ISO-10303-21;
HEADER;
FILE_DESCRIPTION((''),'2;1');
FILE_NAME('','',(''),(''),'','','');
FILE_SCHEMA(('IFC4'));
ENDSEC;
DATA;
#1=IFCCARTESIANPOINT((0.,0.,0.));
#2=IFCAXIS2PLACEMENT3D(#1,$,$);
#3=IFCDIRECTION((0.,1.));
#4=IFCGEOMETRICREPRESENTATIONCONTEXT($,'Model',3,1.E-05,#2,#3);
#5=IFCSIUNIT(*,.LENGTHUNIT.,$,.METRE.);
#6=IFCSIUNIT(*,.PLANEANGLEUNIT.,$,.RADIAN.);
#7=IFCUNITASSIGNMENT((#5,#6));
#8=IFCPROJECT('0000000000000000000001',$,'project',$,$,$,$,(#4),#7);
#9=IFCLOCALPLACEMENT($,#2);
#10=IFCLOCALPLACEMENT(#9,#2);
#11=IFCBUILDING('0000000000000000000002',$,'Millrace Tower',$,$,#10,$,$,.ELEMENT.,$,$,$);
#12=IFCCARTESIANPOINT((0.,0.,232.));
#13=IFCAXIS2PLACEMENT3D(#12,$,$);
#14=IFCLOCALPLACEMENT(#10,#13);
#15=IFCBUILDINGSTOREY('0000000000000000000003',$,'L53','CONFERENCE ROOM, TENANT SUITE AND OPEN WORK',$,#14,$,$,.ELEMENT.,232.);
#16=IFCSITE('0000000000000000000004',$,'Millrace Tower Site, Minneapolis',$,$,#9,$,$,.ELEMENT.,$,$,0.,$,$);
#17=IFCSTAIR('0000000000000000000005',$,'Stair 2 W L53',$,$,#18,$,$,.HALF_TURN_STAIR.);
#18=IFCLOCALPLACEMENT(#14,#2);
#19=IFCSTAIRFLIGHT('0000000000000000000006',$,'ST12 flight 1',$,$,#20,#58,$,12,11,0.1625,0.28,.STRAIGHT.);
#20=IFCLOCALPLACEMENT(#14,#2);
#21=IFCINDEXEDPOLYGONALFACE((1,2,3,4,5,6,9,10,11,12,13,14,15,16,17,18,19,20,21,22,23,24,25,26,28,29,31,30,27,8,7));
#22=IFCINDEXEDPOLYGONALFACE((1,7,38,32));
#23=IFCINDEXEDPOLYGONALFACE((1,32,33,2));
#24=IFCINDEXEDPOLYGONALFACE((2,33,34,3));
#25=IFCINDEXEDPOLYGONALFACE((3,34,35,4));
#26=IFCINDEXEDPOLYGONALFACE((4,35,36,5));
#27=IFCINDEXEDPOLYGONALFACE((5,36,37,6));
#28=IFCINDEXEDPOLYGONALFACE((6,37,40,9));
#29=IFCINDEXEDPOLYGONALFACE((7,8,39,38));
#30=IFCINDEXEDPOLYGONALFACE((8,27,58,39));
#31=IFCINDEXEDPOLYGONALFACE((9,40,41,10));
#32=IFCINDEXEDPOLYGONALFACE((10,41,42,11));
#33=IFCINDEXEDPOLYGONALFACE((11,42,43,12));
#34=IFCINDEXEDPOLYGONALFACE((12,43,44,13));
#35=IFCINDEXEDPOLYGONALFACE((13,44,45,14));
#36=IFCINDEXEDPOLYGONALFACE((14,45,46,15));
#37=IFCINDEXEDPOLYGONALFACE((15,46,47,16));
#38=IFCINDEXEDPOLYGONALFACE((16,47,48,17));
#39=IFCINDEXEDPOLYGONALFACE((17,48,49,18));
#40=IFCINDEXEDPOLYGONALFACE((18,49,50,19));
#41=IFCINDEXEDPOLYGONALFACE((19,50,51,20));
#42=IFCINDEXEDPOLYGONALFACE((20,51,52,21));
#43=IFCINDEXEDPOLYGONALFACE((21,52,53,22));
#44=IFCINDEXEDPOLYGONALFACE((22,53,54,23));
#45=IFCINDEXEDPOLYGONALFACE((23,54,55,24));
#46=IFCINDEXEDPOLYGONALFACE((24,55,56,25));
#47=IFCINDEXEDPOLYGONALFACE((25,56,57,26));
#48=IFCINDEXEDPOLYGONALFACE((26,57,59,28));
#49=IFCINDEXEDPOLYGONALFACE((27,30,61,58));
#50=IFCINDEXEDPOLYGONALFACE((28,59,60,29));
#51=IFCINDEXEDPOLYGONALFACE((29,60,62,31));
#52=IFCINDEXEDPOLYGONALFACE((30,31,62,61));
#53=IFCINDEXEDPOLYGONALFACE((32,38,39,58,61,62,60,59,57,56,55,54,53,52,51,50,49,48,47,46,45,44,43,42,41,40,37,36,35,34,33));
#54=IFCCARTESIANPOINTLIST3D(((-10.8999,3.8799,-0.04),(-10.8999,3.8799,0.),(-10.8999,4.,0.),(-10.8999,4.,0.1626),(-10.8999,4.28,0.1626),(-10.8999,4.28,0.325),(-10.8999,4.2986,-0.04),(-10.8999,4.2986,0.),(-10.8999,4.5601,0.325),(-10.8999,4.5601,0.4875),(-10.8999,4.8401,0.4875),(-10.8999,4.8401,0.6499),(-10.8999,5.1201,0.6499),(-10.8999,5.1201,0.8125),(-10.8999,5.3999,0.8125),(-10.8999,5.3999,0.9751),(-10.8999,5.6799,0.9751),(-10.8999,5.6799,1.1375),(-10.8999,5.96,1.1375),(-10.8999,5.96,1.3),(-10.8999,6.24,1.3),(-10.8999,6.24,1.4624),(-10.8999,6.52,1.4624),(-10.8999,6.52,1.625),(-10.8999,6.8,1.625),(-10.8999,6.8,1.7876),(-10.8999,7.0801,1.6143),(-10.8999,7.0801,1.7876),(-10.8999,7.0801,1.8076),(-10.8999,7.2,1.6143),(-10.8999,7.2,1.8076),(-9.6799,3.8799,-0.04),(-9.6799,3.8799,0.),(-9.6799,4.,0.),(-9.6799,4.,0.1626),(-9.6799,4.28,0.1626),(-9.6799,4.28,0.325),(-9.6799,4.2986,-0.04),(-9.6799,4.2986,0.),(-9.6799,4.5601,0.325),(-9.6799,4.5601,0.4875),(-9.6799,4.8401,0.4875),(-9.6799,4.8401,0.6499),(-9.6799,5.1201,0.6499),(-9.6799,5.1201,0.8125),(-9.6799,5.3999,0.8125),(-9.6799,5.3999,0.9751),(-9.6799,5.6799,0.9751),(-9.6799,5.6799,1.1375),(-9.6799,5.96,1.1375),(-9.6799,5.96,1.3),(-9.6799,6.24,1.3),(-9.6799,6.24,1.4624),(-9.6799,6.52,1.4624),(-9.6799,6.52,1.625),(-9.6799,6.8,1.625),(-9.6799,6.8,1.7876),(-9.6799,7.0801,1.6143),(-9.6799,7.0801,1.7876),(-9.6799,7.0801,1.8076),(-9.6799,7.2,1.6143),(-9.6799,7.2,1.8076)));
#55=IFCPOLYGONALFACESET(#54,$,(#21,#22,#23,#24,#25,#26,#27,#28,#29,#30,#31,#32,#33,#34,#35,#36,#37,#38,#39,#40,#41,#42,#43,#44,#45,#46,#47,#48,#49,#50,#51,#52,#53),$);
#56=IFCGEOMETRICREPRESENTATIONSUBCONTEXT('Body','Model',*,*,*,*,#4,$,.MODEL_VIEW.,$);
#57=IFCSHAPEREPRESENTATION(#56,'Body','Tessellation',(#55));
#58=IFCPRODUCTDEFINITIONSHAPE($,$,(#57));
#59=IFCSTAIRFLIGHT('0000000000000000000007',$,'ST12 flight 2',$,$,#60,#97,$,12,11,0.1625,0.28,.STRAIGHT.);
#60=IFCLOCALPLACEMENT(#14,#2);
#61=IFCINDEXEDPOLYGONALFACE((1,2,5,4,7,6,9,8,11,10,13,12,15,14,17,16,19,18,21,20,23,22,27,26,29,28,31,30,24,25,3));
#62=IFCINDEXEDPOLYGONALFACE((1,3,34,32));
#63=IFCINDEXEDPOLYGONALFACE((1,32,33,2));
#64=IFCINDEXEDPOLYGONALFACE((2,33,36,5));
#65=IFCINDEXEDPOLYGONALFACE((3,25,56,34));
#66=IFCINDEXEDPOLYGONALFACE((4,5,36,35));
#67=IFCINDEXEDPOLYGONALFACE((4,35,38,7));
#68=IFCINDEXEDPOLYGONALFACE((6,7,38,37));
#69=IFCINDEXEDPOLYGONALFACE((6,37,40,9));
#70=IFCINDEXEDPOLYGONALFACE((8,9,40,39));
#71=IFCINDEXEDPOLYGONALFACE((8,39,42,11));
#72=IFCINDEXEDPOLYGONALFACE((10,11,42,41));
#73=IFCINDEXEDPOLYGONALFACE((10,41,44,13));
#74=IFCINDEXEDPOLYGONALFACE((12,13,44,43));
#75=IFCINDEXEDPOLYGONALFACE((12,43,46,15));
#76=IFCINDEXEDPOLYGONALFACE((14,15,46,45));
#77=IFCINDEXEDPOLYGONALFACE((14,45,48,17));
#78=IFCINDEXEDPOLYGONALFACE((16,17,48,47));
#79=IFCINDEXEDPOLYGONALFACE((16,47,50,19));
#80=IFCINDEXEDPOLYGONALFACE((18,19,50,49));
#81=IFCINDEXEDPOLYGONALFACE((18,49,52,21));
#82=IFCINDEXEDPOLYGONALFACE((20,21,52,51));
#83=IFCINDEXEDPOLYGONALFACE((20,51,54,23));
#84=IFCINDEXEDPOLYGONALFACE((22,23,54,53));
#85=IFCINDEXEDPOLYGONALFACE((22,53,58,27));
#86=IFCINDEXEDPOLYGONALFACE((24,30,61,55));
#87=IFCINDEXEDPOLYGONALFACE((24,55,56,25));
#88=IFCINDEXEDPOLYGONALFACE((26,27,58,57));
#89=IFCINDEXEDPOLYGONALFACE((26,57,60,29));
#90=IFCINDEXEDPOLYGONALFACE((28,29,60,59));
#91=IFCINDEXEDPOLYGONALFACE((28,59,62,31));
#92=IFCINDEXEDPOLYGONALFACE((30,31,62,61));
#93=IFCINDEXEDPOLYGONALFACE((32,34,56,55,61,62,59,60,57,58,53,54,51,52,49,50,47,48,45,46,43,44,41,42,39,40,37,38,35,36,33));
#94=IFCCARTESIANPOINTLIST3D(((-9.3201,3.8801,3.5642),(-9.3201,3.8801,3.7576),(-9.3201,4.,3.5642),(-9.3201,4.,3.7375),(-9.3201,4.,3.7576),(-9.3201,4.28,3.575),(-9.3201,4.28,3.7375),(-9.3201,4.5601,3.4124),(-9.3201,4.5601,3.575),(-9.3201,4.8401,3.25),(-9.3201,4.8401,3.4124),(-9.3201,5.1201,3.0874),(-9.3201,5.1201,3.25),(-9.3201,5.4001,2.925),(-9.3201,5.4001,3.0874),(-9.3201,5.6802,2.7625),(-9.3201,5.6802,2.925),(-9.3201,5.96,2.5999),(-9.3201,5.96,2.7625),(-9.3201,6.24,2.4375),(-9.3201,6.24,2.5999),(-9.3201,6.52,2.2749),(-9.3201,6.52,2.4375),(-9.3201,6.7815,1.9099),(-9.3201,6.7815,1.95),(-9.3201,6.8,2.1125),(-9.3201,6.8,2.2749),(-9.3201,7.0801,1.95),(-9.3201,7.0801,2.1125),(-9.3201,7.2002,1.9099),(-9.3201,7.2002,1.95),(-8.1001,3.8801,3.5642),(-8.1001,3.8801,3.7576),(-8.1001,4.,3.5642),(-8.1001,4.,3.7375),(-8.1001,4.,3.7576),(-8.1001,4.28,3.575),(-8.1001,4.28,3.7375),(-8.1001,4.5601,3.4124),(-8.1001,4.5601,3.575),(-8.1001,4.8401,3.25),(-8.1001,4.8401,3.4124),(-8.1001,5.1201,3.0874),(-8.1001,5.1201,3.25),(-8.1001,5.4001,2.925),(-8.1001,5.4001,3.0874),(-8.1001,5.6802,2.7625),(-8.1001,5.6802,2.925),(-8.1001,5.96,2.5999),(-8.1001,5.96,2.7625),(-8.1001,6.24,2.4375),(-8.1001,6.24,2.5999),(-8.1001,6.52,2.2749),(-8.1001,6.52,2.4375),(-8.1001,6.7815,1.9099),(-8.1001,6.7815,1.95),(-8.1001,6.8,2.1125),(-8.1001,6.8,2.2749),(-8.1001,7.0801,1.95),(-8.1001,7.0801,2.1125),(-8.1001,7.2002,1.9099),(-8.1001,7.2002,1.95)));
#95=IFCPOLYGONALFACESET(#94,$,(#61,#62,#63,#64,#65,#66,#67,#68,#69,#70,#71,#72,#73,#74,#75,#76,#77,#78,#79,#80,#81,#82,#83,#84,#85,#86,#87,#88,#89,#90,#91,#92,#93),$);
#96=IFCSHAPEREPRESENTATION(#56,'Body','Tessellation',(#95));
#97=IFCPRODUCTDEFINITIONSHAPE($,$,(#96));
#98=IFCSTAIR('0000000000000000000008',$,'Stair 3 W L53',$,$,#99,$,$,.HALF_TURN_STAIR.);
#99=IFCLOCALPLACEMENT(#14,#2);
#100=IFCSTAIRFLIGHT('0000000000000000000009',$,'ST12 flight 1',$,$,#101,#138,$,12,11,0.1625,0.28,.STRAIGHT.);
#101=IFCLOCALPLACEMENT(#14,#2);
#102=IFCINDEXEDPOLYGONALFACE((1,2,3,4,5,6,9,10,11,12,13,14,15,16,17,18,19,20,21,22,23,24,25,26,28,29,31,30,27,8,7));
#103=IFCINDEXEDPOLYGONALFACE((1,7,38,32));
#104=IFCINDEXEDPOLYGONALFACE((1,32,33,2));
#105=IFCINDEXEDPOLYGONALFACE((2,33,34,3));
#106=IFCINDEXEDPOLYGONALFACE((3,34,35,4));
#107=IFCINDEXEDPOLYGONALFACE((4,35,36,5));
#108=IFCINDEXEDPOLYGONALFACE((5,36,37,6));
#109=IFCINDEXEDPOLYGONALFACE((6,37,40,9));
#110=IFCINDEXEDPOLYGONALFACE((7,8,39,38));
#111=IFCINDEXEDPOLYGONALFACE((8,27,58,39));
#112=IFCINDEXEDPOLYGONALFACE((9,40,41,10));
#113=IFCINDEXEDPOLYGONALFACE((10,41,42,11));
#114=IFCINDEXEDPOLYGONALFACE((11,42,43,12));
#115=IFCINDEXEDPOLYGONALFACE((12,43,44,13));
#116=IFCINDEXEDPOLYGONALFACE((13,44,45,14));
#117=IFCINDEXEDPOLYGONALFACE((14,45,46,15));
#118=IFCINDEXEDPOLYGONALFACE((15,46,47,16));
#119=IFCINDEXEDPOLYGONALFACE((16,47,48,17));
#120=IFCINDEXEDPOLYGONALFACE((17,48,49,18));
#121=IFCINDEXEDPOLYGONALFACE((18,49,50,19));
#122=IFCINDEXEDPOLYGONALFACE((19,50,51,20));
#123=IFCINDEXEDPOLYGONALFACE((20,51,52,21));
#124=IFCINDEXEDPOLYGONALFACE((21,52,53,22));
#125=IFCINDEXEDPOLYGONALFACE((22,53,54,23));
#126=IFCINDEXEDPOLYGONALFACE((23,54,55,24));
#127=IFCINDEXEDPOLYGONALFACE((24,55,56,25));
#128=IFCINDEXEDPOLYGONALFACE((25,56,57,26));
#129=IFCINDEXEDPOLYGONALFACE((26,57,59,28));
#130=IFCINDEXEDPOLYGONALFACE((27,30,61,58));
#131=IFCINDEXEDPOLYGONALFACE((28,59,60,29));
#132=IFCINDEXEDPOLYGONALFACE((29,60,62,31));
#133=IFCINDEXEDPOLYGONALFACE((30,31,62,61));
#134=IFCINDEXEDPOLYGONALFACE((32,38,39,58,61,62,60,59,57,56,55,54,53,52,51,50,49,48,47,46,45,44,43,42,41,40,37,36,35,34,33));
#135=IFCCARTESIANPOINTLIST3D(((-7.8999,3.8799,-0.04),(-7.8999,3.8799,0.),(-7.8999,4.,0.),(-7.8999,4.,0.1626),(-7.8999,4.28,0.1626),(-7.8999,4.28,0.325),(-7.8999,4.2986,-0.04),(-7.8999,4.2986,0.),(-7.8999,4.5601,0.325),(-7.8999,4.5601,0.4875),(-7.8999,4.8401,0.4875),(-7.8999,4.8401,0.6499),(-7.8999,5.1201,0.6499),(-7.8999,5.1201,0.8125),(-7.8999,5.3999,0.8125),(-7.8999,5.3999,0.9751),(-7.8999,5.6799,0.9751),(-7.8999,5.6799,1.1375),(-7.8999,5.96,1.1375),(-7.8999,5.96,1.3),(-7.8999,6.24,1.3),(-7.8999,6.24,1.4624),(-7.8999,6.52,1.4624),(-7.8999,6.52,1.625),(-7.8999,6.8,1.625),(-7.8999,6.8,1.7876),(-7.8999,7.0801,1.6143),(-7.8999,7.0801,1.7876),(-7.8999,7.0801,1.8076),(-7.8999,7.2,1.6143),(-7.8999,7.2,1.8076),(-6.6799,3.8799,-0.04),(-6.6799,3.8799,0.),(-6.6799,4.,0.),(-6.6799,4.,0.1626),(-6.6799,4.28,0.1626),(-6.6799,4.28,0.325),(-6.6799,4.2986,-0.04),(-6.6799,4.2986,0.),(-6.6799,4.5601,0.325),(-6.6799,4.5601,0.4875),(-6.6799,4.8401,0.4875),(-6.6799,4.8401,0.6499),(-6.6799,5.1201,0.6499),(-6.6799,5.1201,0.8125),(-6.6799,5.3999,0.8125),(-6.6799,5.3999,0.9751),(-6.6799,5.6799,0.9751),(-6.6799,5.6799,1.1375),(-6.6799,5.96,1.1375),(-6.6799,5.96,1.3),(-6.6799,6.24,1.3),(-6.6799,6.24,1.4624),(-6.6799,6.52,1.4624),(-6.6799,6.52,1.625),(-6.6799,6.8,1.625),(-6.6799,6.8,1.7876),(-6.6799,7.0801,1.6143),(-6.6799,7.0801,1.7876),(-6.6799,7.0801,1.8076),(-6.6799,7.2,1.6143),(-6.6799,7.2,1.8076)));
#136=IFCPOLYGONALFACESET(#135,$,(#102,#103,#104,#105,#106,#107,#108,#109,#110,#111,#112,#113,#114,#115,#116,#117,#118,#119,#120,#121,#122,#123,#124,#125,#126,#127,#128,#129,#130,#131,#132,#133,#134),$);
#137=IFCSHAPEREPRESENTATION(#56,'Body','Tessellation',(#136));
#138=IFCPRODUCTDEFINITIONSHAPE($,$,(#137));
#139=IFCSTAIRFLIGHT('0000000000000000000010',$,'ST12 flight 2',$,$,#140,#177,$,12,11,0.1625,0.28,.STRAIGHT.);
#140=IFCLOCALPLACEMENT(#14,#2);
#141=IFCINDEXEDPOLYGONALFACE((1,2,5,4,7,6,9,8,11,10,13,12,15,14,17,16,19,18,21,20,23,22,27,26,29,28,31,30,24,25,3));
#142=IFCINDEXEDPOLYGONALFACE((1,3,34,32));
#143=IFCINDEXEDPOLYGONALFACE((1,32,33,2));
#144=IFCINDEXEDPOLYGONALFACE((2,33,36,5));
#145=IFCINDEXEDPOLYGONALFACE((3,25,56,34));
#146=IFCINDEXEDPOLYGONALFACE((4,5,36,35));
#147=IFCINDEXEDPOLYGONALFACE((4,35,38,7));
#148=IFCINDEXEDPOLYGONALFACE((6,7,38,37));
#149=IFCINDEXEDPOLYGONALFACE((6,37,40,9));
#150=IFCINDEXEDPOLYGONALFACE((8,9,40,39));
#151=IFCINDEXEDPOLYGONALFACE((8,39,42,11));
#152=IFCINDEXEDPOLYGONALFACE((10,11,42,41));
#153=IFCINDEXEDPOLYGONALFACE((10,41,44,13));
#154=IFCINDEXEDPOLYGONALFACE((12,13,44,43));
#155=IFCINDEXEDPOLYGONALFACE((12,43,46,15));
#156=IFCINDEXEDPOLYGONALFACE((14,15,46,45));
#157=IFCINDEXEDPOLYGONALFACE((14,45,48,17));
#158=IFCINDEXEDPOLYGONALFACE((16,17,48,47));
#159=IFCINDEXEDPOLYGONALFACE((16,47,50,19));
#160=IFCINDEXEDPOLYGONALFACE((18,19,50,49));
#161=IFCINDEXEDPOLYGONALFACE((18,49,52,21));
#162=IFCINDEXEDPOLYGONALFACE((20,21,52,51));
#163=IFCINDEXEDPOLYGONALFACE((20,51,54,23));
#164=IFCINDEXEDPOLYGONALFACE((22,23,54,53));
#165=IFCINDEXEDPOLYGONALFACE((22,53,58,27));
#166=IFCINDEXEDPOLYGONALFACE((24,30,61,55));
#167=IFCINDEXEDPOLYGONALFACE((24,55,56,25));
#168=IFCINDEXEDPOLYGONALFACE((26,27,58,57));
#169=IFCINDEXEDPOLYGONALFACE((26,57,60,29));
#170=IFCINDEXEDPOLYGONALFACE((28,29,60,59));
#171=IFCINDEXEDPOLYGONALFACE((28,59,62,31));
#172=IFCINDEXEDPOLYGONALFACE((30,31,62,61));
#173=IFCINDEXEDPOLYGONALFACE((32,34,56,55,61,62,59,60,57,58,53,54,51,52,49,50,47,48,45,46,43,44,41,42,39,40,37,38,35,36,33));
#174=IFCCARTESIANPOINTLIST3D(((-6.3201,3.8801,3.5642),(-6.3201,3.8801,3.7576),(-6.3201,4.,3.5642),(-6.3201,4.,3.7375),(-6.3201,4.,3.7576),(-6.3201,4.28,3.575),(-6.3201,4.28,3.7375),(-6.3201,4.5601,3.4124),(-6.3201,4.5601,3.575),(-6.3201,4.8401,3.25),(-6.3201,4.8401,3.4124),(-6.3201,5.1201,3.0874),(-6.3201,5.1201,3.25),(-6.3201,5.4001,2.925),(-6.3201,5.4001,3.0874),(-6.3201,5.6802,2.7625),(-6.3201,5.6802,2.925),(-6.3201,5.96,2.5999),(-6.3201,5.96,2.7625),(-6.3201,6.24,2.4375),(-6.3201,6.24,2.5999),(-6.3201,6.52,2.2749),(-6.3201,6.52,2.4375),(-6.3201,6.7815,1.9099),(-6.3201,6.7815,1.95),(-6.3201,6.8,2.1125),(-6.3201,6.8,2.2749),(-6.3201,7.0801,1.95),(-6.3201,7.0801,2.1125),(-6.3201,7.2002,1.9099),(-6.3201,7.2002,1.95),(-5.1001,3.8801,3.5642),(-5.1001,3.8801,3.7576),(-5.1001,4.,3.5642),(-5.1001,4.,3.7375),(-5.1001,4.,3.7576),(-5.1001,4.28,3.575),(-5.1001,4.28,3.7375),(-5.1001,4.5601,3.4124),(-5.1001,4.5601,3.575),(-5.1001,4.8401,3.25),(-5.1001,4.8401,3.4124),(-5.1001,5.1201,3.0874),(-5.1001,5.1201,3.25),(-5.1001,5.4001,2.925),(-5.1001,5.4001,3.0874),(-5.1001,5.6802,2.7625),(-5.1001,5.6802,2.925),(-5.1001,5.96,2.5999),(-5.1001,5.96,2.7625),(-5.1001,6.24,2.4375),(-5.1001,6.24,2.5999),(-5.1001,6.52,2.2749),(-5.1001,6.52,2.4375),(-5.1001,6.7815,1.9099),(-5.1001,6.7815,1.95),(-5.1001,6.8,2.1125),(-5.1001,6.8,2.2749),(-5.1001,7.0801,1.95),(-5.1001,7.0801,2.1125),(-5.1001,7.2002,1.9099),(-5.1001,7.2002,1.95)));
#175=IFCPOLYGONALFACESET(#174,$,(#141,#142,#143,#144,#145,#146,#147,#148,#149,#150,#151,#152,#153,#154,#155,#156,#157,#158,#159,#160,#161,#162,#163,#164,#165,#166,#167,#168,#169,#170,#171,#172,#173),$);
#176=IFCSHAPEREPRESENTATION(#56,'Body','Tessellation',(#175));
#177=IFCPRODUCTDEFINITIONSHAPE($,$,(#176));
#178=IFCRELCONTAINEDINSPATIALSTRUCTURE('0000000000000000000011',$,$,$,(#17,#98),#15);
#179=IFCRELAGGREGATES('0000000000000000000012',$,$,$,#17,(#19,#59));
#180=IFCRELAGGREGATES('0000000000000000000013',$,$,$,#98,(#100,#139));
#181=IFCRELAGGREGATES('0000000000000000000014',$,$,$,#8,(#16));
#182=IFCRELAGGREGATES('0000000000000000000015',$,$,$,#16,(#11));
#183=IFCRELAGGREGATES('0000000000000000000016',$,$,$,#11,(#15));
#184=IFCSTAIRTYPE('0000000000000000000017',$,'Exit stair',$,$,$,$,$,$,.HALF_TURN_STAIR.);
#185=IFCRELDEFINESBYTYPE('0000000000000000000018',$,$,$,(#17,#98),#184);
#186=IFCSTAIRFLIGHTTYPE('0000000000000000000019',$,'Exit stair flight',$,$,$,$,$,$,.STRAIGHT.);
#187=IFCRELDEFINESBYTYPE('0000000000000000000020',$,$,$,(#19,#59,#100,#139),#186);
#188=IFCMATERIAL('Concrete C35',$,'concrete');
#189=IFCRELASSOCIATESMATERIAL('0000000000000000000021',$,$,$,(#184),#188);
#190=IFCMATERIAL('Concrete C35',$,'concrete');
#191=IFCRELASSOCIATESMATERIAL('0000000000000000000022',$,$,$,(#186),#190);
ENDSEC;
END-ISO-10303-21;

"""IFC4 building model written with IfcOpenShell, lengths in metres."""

from ifc_helpers import new_model, si_unit, direction, frame, origin, place, context, subcontext, project, spatial, polyline, outline, extrude, material, type_object, element, aggregate, save


model = new_model("IFC4")

# Units and contexts
model_context = context("Model", 3, precision=1e-05, world=origin(), true_north=direction((0.0, 1.0)))
body_context = subcontext(model_context, "Body", "Model", "MODEL_VIEW")
ifc_project = project(units=[si_unit("LENGTHUNIT", "METRE"), si_unit("PLANEANGLEUNIT", "RADIAN")], contexts=[model_context])

# Site, building, storey
site_placement = place(None, origin())
site = spatial("IfcSite", under=ifc_project, at=site_placement, Name="Millrace Tower Site, Minneapolis", CompositionType="ELEMENT", RefElevation=0.0)
building_placement = place(site_placement, origin())
building = spatial("IfcBuilding", under=site, at=building_placement, Name="Millrace Tower", CompositionType="ELEMENT")
storey_placement = place(building_placement, frame((0.0, 0.0, 232.0)))
storey = spatial("IfcBuildingStorey", under=building, at=storey_placement, Name="L53", Description="CONFERENCE ROOM, TENANT SUITE AND OPEN WORK", CompositionType="ELEMENT", Elevation=232.0)

# Shared definitions
placement = place(storey_placement, origin())

# Shared definitions
ifc_material_1 = material(Name="Concrete C35", Category="concrete")
stair_type = type_object("IfcStairType", Name="Exit stair", PredefinedType="HALF_TURN_STAIR", material=ifc_material_1)
ifc_material_2 = material(Name="Concrete C35", Category="concrete")
stair_flight_type = type_object("IfcStairFlightType", Name="Exit stair flight", PredefinedType="STRAIGHT", material=ifc_material_2)

# Stairs, stair flights
stair_1 = element("IfcStair", 1, at=placement, inside=storey, type_object=stair_type, Name="Stair 2 W L53", PredefinedType="HALF_TURN_STAIR")
stair_flight_1_placement = place(storey_placement, frame((-10.29, 4.0, 0.0), z_axis=(0.0, 0.0, 1.0), x_axis=(0.0, 1.0, 0.0)))
stair_flight_1 = element("IfcStairFlight", 2, at=stair_flight_1_placement, type_object=stair_flight_type, Name="ST12 flight 1", NumberOfRisers=12, NumberOfTreads=11, PredefinedType="STRAIGHT", RiserHeight=0.1625, TreadLength=0.28, context=body_context, shape_type="SweptSolid", body=[
    extrude(outline(polyline([(-0.1201, -0.04), (-0.1201, 0.0), (0.0, 0.0), (0.0, 0.1626), (0.28, 0.1626), (0.28, 0.325), (0.5601, 0.325), (0.5601, 0.4875), (0.8401, 0.4875), (0.8401, 0.6499), (1.1201, 0.6499), (1.1201, 0.8125), (1.3999, 0.8125), (1.3999, 0.9751), (1.6799, 0.9751), (1.6799, 1.1375), (1.96, 1.1375), (1.96, 1.3), (2.24, 1.3), (2.24, 1.4624), (2.52, 1.4624), (2.52, 1.625), (2.8, 1.625), (2.8, 1.7876), (3.0801, 1.7876), (3.0801, 1.8076), (3.2, 1.8076), (3.2, 1.6143), (3.0801, 1.6143), (0.2986, 0.0), (0.2986, -0.04), (-0.1201, -0.04)])), frame((0.0, 0.6099, 0.0), z_axis=(0.0, -1.0, 0.0), x_axis=(1.0, 0.0, 0.0)), (0.0, 0.0, 1.0), 1.22),
])
stair_flight_2_placement = place(storey_placement, frame((-8.71, 7.0801, 1.95), z_axis=(0.0, 0.0, 1.0), x_axis=(0.0, -1.0, 0.0)))
stair_flight_2 = element("IfcStairFlight", 3, at=stair_flight_2_placement, type_object=stair_flight_type, Name="ST12 flight 2", NumberOfRisers=12, NumberOfTreads=11, PredefinedType="STRAIGHT", RiserHeight=0.1625, TreadLength=0.28, context=body_context, shape_type="SweptSolid", body=[
    extrude(outline(polyline([(-0.1201, -0.04), (-0.1201, 0.0), (0.0, 0.0), (0.0, 0.1626), (0.28, 0.1626), (0.28, 0.325), (0.5601, 0.325), (0.5601, 0.4875), (0.8401, 0.4875), (0.8401, 0.6499), (1.1201, 0.6499), (1.1201, 0.8125), (1.3999, 0.8125), (1.3999, 0.9751), (1.6799, 0.9751), (1.6799, 1.1375), (1.96, 1.1375), (1.96, 1.3), (2.24, 1.3), (2.24, 1.4624), (2.52, 1.4624), (2.52, 1.625), (2.8, 1.625), (2.8, 1.7876), (3.0801, 1.7876), (3.0801, 1.8076), (3.2, 1.8076), (3.2, 1.6143), (3.0801, 1.6143), (0.2986, 0.0), (0.2986, -0.04), (-0.1201, -0.04)])), frame((0.0, 0.6099, 0.0), z_axis=(0.0, -1.0, 0.0), x_axis=(1.0, 0.0, 0.0)), (0.0, 0.0, 1.0), 1.22),
])
aggregate(stair_1, [stair_flight_1, stair_flight_2])
stair_2 = element("IfcStair", 4, at=placement, inside=storey, type_object=stair_type, Name="Stair 3 W L53", PredefinedType="HALF_TURN_STAIR")
stair_flight_3_placement = place(storey_placement, frame((-7.29, 4.0, 0.0), z_axis=(0.0, 0.0, 1.0), x_axis=(0.0, 1.0, 0.0)))
stair_flight_3 = element("IfcStairFlight", 5, at=stair_flight_3_placement, type_object=stair_flight_type, Name="ST12 flight 1", NumberOfRisers=12, NumberOfTreads=11, PredefinedType="STRAIGHT", RiserHeight=0.1625, TreadLength=0.28, context=body_context, shape_type="SweptSolid", body=[
    extrude(outline(polyline([(-0.1201, -0.04), (-0.1201, 0.0), (0.0, 0.0), (0.0, 0.1626), (0.28, 0.1626), (0.28, 0.325), (0.5601, 0.325), (0.5601, 0.4875), (0.8401, 0.4875), (0.8401, 0.6499), (1.1201, 0.6499), (1.1201, 0.8125), (1.3999, 0.8125), (1.3999, 0.9751), (1.6799, 0.9751), (1.6799, 1.1375), (1.96, 1.1375), (1.96, 1.3), (2.24, 1.3), (2.24, 1.4624), (2.52, 1.4624), (2.52, 1.625), (2.8, 1.625), (2.8, 1.7876), (3.0801, 1.7876), (3.0801, 1.8076), (3.2, 1.8076), (3.2, 1.6143), (3.0801, 1.6143), (0.2986, 0.0), (0.2986, -0.04), (-0.1201, -0.04)])), frame((0.0, 0.6099, 0.0), z_axis=(0.0, -1.0, 0.0), x_axis=(1.0, 0.0, 0.0)), (0.0, 0.0, 1.0), 1.22),
])
stair_flight_4_placement = place(storey_placement, frame((-5.71, 7.0801, 1.95), z_axis=(0.0, 0.0, 1.0), x_axis=(0.0, -1.0, 0.0)))
stair_flight_4 = element("IfcStairFlight", 6, at=stair_flight_4_placement, type_object=stair_flight_type, Name="ST12 flight 2", NumberOfRisers=12, NumberOfTreads=11, PredefinedType="STRAIGHT", RiserHeight=0.1625, TreadLength=0.28, context=body_context, shape_type="SweptSolid", body=[
    extrude(outline(polyline([(-0.1201, -0.04), (-0.1201, 0.0), (0.0, 0.0), (0.0, 0.1626), (0.28, 0.1626), (0.28, 0.325), (0.5601, 0.325), (0.5601, 0.4875), (0.8401, 0.4875), (0.8401, 0.6499), (1.1201, 0.6499), (1.1201, 0.8125), (1.3999, 0.8125), (1.3999, 0.9751), (1.6799, 0.9751), (1.6799, 1.1375), (1.96, 1.1375), (1.96, 1.3), (2.24, 1.3), (2.24, 1.4624), (2.52, 1.4624), (2.52, 1.625), (2.8, 1.625), (2.8, 1.7876), (3.0801, 1.7876), (3.0801, 1.8076), (3.2, 1.8076), (3.2, 1.6143), (3.0801, 1.6143), (0.2986, 0.0), (0.2986, -0.04), (-0.1201, -0.04)])), frame((0.0, 0.6099, 0.0), z_axis=(0.0, -1.0, 0.0), x_axis=(1.0, 0.0, 0.0)), (0.0, 0.0, 1.0), 1.22),
])
aggregate(stair_2, [stair_flight_3, stair_flight_4])

save(model, "model.ifc")
